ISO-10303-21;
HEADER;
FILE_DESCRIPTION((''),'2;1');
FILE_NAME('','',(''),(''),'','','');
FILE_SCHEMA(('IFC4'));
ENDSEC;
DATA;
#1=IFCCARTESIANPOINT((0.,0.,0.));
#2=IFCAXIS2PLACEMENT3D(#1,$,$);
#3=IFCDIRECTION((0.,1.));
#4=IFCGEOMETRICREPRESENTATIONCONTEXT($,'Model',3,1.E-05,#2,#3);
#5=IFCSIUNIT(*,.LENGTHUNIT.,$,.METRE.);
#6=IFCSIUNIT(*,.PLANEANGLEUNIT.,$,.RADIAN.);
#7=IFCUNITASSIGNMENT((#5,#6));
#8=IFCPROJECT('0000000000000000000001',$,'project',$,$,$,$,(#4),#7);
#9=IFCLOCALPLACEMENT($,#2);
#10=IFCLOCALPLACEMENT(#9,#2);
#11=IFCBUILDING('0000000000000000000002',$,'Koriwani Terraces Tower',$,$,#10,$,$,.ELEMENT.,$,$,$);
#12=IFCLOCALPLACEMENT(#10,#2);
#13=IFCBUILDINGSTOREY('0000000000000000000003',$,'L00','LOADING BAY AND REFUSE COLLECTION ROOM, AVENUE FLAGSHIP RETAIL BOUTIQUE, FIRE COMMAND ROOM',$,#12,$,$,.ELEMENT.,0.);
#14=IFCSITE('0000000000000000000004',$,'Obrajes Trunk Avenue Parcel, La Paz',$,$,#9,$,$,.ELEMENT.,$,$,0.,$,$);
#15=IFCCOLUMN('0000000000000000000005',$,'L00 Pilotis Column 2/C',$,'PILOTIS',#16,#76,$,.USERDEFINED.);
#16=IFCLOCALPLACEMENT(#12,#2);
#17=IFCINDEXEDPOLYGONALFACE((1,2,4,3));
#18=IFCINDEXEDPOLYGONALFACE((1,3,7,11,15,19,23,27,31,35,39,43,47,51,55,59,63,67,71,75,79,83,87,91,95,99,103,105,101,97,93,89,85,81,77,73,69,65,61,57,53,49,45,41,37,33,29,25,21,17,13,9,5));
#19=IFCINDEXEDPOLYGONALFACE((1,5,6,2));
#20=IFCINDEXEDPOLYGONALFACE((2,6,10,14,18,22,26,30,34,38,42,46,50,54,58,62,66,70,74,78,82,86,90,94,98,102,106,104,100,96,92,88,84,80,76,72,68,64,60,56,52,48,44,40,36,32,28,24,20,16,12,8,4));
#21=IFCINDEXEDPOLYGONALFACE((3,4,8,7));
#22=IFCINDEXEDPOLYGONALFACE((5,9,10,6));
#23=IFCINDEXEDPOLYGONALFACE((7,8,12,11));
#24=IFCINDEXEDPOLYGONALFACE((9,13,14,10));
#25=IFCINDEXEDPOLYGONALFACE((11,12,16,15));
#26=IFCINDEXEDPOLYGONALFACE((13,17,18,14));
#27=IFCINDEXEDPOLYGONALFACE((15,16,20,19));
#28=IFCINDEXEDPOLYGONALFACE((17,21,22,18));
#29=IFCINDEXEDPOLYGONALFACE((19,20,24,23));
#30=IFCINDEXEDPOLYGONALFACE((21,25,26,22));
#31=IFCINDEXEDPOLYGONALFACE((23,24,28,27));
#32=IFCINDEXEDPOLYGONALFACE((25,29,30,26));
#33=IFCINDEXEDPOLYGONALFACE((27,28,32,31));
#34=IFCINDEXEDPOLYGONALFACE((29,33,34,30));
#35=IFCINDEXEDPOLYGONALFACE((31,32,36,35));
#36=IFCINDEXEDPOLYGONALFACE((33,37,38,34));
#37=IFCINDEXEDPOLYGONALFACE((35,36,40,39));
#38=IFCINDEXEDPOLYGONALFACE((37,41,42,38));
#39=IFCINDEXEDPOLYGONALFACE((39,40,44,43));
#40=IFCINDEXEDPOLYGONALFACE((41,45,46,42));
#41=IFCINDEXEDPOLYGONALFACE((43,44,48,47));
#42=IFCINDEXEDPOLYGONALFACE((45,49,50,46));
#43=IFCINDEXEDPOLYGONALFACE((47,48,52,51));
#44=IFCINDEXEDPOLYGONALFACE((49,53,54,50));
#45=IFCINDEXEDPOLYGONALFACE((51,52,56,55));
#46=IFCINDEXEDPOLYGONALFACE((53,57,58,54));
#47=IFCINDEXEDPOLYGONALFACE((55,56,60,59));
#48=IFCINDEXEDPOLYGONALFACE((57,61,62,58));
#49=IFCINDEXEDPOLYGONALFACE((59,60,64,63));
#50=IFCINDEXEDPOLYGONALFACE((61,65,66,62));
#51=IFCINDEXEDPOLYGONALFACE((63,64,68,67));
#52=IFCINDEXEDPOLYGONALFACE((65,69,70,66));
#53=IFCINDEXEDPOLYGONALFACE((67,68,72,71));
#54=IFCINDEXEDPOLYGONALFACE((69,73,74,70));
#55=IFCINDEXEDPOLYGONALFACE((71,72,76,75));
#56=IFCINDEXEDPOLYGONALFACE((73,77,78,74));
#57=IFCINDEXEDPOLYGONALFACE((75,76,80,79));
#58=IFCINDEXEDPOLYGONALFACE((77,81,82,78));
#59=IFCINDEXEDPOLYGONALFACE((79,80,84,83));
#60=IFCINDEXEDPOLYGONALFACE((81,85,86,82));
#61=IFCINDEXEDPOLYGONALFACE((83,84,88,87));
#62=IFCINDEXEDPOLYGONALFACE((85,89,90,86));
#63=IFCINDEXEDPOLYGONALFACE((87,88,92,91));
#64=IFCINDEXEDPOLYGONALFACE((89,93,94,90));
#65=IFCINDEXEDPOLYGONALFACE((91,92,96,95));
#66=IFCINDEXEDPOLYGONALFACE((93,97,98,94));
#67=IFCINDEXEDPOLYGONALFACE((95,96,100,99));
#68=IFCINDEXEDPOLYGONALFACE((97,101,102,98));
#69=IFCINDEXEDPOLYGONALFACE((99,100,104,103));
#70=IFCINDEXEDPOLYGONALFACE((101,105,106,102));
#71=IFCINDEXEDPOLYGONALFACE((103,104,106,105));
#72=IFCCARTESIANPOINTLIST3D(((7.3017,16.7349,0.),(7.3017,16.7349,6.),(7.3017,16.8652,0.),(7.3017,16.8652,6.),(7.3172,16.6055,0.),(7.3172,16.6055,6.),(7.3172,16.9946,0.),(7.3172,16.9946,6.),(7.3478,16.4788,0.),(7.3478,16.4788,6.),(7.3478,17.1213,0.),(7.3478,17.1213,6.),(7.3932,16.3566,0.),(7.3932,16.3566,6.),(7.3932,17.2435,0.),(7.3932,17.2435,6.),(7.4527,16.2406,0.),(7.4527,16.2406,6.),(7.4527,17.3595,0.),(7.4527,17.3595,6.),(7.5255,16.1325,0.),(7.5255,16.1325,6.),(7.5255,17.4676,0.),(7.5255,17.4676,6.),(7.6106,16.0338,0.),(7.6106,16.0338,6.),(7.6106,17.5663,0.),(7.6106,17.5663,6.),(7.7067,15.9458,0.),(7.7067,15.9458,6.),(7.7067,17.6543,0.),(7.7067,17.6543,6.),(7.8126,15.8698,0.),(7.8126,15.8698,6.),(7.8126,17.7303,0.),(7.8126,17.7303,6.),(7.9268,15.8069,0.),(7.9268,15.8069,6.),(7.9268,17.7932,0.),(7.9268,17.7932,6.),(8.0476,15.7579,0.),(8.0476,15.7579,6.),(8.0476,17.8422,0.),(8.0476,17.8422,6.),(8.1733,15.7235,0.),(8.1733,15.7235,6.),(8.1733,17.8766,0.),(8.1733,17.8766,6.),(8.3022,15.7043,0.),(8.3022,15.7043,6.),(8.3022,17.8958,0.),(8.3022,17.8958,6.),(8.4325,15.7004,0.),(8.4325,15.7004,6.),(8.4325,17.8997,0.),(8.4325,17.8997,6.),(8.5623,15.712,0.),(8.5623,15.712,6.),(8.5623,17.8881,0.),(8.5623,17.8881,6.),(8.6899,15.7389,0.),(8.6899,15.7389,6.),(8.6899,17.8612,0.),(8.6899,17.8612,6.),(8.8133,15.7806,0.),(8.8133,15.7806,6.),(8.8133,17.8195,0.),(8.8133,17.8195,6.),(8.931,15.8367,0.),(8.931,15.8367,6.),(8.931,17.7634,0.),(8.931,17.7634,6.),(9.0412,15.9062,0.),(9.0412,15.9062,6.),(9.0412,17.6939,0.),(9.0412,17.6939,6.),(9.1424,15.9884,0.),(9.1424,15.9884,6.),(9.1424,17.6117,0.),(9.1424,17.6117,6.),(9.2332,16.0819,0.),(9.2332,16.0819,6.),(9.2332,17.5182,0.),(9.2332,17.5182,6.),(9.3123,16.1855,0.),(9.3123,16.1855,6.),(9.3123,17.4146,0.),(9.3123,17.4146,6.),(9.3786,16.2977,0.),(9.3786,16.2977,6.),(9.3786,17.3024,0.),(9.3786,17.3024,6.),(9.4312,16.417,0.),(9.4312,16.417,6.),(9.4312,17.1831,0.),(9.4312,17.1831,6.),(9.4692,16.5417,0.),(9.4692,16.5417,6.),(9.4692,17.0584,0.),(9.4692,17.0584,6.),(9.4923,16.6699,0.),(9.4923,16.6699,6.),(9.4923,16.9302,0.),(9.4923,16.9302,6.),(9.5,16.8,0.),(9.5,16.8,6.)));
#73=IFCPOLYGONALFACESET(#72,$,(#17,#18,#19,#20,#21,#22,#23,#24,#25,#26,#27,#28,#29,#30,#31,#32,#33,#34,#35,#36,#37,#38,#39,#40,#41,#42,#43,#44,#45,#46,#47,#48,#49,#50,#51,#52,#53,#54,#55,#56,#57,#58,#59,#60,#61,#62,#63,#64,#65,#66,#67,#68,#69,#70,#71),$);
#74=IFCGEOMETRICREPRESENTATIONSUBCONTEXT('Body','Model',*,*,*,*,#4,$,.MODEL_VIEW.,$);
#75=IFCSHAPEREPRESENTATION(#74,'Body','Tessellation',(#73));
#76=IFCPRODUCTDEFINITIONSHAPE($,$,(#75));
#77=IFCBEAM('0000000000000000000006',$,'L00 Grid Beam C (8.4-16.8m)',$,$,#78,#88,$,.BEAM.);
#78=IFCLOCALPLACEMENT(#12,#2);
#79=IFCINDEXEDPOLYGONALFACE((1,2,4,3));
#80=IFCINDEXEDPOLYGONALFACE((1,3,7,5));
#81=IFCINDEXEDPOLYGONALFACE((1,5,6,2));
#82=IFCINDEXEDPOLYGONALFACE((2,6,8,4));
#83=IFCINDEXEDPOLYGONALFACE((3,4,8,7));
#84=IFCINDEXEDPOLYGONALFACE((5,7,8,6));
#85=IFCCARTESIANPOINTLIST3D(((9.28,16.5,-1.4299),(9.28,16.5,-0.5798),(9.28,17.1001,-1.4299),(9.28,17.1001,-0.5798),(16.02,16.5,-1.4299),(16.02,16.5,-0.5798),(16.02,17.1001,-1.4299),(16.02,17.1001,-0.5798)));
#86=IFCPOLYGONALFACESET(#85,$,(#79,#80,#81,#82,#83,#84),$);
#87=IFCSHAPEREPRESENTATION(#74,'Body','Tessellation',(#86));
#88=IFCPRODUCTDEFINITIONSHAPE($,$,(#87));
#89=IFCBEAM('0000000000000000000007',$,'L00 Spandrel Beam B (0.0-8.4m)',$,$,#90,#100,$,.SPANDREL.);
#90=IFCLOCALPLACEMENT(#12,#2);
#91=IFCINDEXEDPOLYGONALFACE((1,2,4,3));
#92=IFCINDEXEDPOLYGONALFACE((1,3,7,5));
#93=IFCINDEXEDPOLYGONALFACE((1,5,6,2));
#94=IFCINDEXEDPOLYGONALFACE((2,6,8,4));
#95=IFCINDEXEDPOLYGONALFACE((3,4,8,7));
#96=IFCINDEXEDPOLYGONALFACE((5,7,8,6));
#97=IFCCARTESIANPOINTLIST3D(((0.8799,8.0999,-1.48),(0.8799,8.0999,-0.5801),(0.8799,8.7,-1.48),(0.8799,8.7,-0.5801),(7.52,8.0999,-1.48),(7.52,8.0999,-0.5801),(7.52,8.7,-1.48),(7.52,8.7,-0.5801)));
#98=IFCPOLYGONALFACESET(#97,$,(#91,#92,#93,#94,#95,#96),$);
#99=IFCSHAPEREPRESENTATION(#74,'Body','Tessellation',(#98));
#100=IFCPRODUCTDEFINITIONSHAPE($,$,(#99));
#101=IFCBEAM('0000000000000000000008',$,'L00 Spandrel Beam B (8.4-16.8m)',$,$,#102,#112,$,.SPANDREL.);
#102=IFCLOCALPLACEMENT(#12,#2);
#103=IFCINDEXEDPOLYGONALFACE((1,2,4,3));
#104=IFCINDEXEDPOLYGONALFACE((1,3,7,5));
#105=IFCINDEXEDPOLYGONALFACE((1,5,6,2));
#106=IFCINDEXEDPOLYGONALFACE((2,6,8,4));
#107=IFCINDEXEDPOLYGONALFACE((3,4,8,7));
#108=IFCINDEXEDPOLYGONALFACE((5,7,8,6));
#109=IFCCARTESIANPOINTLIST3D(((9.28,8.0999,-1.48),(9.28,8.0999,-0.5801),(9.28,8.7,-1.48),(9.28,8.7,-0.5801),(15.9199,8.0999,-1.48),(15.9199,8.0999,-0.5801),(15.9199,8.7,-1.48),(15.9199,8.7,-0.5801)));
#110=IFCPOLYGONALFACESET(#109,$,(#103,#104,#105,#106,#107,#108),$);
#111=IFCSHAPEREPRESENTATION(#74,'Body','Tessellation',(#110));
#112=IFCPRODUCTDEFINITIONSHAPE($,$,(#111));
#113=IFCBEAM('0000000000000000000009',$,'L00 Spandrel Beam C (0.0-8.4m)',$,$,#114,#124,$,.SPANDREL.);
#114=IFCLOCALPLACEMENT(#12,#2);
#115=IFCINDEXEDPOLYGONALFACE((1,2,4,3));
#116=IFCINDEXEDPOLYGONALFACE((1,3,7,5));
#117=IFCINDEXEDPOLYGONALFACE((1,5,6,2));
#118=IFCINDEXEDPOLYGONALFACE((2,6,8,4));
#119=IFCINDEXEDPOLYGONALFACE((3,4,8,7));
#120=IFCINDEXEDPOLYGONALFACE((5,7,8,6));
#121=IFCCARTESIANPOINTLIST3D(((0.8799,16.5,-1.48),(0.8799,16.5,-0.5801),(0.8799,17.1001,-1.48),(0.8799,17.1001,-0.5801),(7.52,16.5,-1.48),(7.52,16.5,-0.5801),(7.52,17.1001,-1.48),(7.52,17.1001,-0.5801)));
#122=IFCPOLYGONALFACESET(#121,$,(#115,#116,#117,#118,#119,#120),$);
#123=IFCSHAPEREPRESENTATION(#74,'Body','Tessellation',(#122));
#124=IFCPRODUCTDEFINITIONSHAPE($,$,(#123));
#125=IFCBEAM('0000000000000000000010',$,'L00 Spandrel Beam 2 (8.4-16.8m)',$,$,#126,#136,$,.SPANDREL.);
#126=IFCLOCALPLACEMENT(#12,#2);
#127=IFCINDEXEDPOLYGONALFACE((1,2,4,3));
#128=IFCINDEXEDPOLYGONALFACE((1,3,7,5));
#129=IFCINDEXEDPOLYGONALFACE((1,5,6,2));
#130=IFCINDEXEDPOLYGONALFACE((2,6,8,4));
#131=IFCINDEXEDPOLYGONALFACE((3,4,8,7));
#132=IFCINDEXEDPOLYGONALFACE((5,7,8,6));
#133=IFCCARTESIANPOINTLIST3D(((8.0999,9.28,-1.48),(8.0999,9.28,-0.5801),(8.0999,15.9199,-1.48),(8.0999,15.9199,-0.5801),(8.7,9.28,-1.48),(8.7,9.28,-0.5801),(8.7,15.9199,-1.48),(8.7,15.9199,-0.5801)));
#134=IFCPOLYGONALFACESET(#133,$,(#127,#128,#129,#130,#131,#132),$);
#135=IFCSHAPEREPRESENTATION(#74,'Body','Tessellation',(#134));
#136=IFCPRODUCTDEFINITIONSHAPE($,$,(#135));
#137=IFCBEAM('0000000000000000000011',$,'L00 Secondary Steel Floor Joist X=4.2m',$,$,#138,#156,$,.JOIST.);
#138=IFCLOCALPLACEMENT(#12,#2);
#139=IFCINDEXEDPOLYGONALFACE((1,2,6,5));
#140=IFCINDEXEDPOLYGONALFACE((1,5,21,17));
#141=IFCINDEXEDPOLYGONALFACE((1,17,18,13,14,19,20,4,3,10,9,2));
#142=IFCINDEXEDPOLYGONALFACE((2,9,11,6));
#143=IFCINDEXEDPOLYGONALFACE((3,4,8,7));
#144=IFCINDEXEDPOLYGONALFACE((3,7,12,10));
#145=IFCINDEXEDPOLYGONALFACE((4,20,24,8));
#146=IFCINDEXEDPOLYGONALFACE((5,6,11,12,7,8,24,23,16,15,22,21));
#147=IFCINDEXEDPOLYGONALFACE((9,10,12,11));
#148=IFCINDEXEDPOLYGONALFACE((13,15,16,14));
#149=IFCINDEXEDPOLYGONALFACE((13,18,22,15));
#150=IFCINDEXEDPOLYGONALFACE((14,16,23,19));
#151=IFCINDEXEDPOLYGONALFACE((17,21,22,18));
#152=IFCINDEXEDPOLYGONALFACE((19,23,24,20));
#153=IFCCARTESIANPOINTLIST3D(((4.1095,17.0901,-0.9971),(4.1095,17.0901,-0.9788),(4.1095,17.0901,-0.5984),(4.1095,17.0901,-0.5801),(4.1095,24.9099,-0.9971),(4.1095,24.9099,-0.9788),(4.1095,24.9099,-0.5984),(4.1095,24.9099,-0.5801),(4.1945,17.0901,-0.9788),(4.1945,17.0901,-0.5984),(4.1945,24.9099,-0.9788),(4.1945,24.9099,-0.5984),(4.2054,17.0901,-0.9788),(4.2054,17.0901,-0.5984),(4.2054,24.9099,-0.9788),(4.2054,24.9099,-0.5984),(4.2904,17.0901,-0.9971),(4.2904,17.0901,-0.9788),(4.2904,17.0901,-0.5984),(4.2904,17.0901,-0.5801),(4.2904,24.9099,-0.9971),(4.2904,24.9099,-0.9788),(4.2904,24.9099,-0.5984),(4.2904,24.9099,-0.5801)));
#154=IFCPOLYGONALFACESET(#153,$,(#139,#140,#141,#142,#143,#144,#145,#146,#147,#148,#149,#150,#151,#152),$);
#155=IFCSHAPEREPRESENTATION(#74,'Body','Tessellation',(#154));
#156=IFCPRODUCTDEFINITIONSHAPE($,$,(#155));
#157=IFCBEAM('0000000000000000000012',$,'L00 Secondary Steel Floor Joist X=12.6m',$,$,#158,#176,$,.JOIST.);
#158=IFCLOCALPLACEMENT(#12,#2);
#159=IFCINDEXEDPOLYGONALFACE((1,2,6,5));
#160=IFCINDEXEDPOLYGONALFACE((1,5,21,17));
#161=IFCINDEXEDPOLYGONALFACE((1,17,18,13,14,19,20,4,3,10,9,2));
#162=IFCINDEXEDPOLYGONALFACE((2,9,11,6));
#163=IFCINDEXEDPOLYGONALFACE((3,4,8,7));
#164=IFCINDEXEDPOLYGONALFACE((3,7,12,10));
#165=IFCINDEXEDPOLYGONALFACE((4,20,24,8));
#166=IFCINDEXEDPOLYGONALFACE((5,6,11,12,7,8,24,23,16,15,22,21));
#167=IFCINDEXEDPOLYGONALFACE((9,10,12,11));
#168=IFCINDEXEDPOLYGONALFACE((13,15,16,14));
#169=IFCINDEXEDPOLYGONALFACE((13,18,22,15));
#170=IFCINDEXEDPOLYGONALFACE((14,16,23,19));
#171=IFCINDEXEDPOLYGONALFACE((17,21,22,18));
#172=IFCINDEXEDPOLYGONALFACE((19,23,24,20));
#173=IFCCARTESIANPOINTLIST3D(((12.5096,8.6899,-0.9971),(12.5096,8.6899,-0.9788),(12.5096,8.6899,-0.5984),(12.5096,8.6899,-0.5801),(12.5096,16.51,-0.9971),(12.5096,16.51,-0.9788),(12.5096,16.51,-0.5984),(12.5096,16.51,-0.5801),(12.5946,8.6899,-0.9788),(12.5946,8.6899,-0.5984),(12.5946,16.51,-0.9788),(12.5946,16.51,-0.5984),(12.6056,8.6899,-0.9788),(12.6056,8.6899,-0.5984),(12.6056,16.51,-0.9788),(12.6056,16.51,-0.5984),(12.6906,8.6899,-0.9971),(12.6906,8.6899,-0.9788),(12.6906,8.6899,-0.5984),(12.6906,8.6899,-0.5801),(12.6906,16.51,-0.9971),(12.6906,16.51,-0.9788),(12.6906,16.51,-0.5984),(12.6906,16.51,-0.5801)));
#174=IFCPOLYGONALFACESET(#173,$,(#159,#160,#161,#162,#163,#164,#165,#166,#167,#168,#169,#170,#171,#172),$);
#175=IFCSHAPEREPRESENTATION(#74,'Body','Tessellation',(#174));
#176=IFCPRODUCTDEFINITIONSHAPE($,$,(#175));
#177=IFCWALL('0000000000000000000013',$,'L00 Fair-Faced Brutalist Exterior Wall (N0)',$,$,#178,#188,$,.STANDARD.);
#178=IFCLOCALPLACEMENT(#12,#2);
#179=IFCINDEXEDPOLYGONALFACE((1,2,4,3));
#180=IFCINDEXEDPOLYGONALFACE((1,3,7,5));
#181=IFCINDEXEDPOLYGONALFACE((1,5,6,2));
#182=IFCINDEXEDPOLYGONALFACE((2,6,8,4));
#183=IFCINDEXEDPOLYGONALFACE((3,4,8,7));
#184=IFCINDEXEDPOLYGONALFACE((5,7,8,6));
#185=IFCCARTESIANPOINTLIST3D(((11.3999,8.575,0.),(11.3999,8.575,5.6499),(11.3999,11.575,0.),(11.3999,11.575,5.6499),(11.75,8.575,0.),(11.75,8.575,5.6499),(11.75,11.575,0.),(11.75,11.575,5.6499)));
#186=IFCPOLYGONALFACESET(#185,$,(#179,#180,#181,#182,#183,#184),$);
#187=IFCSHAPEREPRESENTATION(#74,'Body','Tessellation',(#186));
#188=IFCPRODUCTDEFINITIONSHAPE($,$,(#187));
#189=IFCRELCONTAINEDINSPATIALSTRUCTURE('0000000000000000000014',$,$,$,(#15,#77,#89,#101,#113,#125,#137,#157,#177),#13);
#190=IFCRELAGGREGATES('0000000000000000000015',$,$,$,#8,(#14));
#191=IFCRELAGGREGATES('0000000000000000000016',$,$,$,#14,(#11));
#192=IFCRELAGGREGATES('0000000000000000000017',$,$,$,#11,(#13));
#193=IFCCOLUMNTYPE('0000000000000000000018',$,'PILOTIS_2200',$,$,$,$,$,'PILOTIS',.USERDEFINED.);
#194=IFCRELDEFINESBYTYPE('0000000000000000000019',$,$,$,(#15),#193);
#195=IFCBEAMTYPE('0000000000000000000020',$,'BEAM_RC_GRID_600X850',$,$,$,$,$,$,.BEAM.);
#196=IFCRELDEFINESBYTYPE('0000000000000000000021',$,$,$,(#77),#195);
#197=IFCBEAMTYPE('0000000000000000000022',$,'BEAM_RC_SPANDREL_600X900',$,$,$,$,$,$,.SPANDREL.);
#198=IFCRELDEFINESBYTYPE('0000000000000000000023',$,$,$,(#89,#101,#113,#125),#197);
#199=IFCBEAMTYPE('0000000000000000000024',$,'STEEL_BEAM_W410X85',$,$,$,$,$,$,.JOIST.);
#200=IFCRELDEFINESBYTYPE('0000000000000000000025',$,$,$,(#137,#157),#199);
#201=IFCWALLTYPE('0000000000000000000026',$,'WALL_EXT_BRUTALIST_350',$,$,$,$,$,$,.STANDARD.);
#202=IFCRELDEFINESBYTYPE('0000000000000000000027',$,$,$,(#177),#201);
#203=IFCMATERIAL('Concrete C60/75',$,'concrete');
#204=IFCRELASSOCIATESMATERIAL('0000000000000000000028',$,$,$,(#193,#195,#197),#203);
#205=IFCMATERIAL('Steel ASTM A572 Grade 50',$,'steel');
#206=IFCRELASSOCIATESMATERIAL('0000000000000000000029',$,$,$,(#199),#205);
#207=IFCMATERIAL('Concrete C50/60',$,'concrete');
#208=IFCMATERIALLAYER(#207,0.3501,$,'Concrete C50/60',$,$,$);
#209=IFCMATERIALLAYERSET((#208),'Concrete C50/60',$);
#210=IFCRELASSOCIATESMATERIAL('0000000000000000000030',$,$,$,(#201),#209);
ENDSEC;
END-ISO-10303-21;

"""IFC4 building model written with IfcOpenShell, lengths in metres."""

from ifc_helpers import new_model, si_unit, direction, frame, frame_2d, origin, origin_2d, place, context, subcontext, project, spatial, rectangle, circle, i_section, extrude, material, layer, layer_set, material_profile, profile_set, type_object, element, save


model = new_model("IFC4")

# Units and contexts
model_context = context("Model", 3, precision=1e-05, world=origin(), true_north=direction((0.0, 1.0)))
body_context = subcontext(model_context, "Body", "Model", "MODEL_VIEW")
ifc_project = project(units=[si_unit("LENGTHUNIT", "METRE"), si_unit("PLANEANGLEUNIT", "RADIAN")], contexts=[model_context])

# Site, building, storey
site_placement = place(None, origin())
site = spatial("IfcSite", under=ifc_project, at=site_placement, Name="Obrajes Trunk Avenue Parcel, La Paz", CompositionType="ELEMENT", RefElevation=0.0)
building_placement = place(site_placement, origin())
building = spatial("IfcBuilding", under=site, at=building_placement, Name="Koriwani Terraces Tower", CompositionType="ELEMENT")
storey_placement = place(building_placement, origin())
storey = spatial("IfcBuildingStorey", under=building, at=storey_placement, Name="L00", Description="LOADING BAY AND REFUSE COLLECTION ROOM, AVENUE FLAGSHIP RETAIL BOUTIQUE, FIRE COMMAND ROOM", CompositionType="ELEMENT", Elevation=0.0)

# Column
ifc_material_1 = material(Name="Concrete C60/75", Category="concrete")
ifc_material_profile_1 = material_profile(ifc_material_1, circle(Radius=1.1001, at=origin_2d()), Name="Concrete C60/75", Category="LoadBearing")
ifc_profile_set_1 = profile_set([ifc_material_profile_1], Name="Concrete C60/75")
column_type = type_object("IfcColumnType", Name="PILOTIS_2200", ElementType="PILOTIS", PredefinedType="USERDEFINED", material=ifc_profile_set_1)
for number, where, z_axis, x_axis, name in (
    (1, (8.3999, 16.8, 0.0), (0.0, 0.0, 1.0), (1.0, 0.0, 0.0), "L00 Pilotis Column 2/C"),
):
    element("IfcColumn", number, at=place(storey_placement, frame(where, z_axis=z_axis, x_axis=x_axis)), inside=storey, type_object=column_type, Name=name, ObjectType="PILOTIS", PredefinedType="USERDEFINED", context=body_context, shape_type="SweptSolid", body=[
        extrude(circle(Radius=1.1001, at=origin_2d()), origin(), (0.0, 0.0, 1.0), 6.0),
    ])

# Beams
ifc_material_profile_2 = material_profile(ifc_material_1, rectangle(XDim=0.6001, YDim=0.8501, at=origin_2d()), Name="Concrete C60/75", Category="LoadBearing")
ifc_profile_set_2 = profile_set([ifc_material_profile_2], Name="Concrete C60/75")
beam_type_1 = type_object("IfcBeamType", Name="BEAM_RC_GRID_600X850", PredefinedType="BEAM", material=ifc_profile_set_2)
beam_1_placement = place(storey_placement, frame((9.28, 16.8, -1.0049), z_axis=(1.0, 0.0, 0.0), x_axis=(0.0, 1.0, 0.0)))
element("IfcBeam", 2, at=beam_1_placement, inside=storey, type_object=beam_type_1, Name="L00 Grid Beam C (8.4-16.8m)", PredefinedType="BEAM", context=body_context, shape_type="SweptSolid", body=[
    extrude(rectangle(XDim=0.6001, YDim=0.8501, at=origin_2d()), origin(), (0.0, 0.0, 1.0), 6.74),
])
ifc_material_profile_3 = material_profile(ifc_material_1, rectangle(XDim=0.6001, YDim=0.8999, at=origin_2d()), Name="Concrete C60/75", Category="LoadBearing")
ifc_profile_set_3 = profile_set([ifc_material_profile_3], Name="Concrete C60/75")
beam_type_2 = type_object("IfcBeamType", Name="BEAM_RC_SPANDREL_600X900", PredefinedType="SPANDREL", material=ifc_profile_set_3)
beam_2_placement = place(storey_placement, frame((0.8799, 8.3999, -1.03), z_axis=(1.0, 0.0, 0.0), x_axis=(0.0, 1.0, 0.0)))
element("IfcBeam", 3, at=beam_2_placement, inside=storey, type_object=beam_type_2, Name="L00 Spandrel Beam B (0.0-8.4m)", PredefinedType="SPANDREL", context=body_context, shape_type="SweptSolid", body=[
    extrude(rectangle(XDim=0.6001, YDim=0.8999, at=origin_2d()), origin(), (0.0, 0.0, 1.0), 6.6401),
])
beam_3_placement = place(storey_placement, frame((9.28, 8.3999, -1.03), z_axis=(1.0, 0.0, 0.0), x_axis=(0.0, 1.0, 0.0)))
element("IfcBeam", 4, at=beam_3_placement, inside=storey, type_object=beam_type_2, Name="L00 Spandrel Beam B (8.4-16.8m)", PredefinedType="SPANDREL", context=body_context, shape_type="SweptSolid", body=[
    extrude(rectangle(XDim=0.6001, YDim=0.8999, at=origin_2d()), origin(), (0.0, 0.0, 1.0), 6.6399),
])
beam_4_placement = place(storey_placement, frame((0.8799, 16.8, -1.03), z_axis=(1.0, 0.0, 0.0), x_axis=(0.0, 1.0, 0.0)))
element("IfcBeam", 5, at=beam_4_placement, inside=storey, type_object=beam_type_2, Name="L00 Spandrel Beam C (0.0-8.4m)", PredefinedType="SPANDREL", context=body_context, shape_type="SweptSolid", body=[
    extrude(rectangle(XDim=0.6001, YDim=0.8999, at=origin_2d()), origin(), (0.0, 0.0, 1.0), 6.6401),
])
beam_5_placement = place(storey_placement, frame((8.3999, 9.28, -1.03), z_axis=(0.0, 1.0, 0.0), x_axis=(-1.0, 0.0, 0.0)))
element("IfcBeam", 6, at=beam_5_placement, inside=storey, type_object=beam_type_2, Name="L00 Spandrel Beam 2 (8.4-16.8m)", PredefinedType="SPANDREL", context=body_context, shape_type="SweptSolid", body=[
    extrude(rectangle(XDim=0.6001, YDim=0.8999, at=origin_2d()), origin(), (0.0, 0.0, 1.0), 6.6399),
])
ifc_material_2 = material(Name="Steel ASTM A572 Grade 50", Category="steel")
ifc_material_profile_4 = material_profile(ifc_material_2, i_section(OverallWidth=0.1809, OverallDepth=0.417, WebThickness=0.011, FlangeThickness=0.0183, at=origin_2d()), Name="Steel ASTM A572 Grade 50", Category="LoadBearing")
ifc_profile_set_4 = profile_set([ifc_material_profile_4], Name="Steel ASTM A572 Grade 50")
beam_type_3 = type_object("IfcBeamType", Name="STEEL_BEAM_W410X85", PredefinedType="JOIST", material=ifc_profile_set_4)
beam_6_placement = place(storey_placement, frame((4.2, 17.0901, -0.7886), z_axis=(0.0, 1.0, 0.0), x_axis=(-1.0, 0.0, 0.0)))
element("IfcBeam", 7, at=beam_6_placement, inside=storey, type_object=beam_type_3, Name="L00 Secondary Steel Floor Joist X=4.2m", PredefinedType="JOIST", context=body_context, shape_type="SweptSolid", body=[
    extrude(i_section(OverallWidth=0.1809, OverallDepth=0.417, WebThickness=0.011, FlangeThickness=0.0183, at=origin_2d()), origin(), (0.0, 0.0, 1.0), 7.8198),
])
beam_7_placement = place(storey_placement, frame((12.6001, 8.6899, -0.7886), z_axis=(0.0, 1.0, 0.0), x_axis=(-1.0, 0.0, 0.0)))
element("IfcBeam", 8, at=beam_7_placement, inside=storey, type_object=beam_type_3, Name="L00 Secondary Steel Floor Joist X=12.6m", PredefinedType="JOIST", context=body_context, shape_type="SweptSolid", body=[
    extrude(i_section(OverallWidth=0.1809, OverallDepth=0.417, WebThickness=0.011, FlangeThickness=0.0183, at=origin_2d()), origin(), (0.0, 0.0, 1.0), 7.8201),
])

# Wall
ifc_material_3 = material(Name="Concrete C50/60", Category="concrete")
ifc_layer_1 = layer(ifc_material_3, 0.3501, Name="Concrete C50/60")
ifc_layer_set_1 = layer_set([ifc_layer_1], Name="Concrete C50/60")
wall_type_1 = type_object("IfcWallType", Name="WALL_EXT_BRUTALIST_350", PredefinedType="STANDARD", material=ifc_layer_set_1)
for number, where, z_axis, x_axis, name in (
    (9, (11.575, 8.575, 0.0), (0.0, 0.0, 1.0), (0.0, 1.0, 0.0), "L00 Fair-Faced Brutalist Exterior Wall (N0)"),
):
    element("IfcWall", number, at=place(storey_placement, frame(where, z_axis=z_axis, x_axis=x_axis)), inside=storey, type_object=wall_type_1, Name=name, PredefinedType="STANDARD", context=body_context, shape_type="SweptSolid", body=[
        extrude(rectangle(XDim=3.0, YDim=0.3501, at=frame_2d((1.5, 0.0))), origin(), (0.0, 0.0, 1.0), 5.6499),
    ])

save(model, "model.ifc")
